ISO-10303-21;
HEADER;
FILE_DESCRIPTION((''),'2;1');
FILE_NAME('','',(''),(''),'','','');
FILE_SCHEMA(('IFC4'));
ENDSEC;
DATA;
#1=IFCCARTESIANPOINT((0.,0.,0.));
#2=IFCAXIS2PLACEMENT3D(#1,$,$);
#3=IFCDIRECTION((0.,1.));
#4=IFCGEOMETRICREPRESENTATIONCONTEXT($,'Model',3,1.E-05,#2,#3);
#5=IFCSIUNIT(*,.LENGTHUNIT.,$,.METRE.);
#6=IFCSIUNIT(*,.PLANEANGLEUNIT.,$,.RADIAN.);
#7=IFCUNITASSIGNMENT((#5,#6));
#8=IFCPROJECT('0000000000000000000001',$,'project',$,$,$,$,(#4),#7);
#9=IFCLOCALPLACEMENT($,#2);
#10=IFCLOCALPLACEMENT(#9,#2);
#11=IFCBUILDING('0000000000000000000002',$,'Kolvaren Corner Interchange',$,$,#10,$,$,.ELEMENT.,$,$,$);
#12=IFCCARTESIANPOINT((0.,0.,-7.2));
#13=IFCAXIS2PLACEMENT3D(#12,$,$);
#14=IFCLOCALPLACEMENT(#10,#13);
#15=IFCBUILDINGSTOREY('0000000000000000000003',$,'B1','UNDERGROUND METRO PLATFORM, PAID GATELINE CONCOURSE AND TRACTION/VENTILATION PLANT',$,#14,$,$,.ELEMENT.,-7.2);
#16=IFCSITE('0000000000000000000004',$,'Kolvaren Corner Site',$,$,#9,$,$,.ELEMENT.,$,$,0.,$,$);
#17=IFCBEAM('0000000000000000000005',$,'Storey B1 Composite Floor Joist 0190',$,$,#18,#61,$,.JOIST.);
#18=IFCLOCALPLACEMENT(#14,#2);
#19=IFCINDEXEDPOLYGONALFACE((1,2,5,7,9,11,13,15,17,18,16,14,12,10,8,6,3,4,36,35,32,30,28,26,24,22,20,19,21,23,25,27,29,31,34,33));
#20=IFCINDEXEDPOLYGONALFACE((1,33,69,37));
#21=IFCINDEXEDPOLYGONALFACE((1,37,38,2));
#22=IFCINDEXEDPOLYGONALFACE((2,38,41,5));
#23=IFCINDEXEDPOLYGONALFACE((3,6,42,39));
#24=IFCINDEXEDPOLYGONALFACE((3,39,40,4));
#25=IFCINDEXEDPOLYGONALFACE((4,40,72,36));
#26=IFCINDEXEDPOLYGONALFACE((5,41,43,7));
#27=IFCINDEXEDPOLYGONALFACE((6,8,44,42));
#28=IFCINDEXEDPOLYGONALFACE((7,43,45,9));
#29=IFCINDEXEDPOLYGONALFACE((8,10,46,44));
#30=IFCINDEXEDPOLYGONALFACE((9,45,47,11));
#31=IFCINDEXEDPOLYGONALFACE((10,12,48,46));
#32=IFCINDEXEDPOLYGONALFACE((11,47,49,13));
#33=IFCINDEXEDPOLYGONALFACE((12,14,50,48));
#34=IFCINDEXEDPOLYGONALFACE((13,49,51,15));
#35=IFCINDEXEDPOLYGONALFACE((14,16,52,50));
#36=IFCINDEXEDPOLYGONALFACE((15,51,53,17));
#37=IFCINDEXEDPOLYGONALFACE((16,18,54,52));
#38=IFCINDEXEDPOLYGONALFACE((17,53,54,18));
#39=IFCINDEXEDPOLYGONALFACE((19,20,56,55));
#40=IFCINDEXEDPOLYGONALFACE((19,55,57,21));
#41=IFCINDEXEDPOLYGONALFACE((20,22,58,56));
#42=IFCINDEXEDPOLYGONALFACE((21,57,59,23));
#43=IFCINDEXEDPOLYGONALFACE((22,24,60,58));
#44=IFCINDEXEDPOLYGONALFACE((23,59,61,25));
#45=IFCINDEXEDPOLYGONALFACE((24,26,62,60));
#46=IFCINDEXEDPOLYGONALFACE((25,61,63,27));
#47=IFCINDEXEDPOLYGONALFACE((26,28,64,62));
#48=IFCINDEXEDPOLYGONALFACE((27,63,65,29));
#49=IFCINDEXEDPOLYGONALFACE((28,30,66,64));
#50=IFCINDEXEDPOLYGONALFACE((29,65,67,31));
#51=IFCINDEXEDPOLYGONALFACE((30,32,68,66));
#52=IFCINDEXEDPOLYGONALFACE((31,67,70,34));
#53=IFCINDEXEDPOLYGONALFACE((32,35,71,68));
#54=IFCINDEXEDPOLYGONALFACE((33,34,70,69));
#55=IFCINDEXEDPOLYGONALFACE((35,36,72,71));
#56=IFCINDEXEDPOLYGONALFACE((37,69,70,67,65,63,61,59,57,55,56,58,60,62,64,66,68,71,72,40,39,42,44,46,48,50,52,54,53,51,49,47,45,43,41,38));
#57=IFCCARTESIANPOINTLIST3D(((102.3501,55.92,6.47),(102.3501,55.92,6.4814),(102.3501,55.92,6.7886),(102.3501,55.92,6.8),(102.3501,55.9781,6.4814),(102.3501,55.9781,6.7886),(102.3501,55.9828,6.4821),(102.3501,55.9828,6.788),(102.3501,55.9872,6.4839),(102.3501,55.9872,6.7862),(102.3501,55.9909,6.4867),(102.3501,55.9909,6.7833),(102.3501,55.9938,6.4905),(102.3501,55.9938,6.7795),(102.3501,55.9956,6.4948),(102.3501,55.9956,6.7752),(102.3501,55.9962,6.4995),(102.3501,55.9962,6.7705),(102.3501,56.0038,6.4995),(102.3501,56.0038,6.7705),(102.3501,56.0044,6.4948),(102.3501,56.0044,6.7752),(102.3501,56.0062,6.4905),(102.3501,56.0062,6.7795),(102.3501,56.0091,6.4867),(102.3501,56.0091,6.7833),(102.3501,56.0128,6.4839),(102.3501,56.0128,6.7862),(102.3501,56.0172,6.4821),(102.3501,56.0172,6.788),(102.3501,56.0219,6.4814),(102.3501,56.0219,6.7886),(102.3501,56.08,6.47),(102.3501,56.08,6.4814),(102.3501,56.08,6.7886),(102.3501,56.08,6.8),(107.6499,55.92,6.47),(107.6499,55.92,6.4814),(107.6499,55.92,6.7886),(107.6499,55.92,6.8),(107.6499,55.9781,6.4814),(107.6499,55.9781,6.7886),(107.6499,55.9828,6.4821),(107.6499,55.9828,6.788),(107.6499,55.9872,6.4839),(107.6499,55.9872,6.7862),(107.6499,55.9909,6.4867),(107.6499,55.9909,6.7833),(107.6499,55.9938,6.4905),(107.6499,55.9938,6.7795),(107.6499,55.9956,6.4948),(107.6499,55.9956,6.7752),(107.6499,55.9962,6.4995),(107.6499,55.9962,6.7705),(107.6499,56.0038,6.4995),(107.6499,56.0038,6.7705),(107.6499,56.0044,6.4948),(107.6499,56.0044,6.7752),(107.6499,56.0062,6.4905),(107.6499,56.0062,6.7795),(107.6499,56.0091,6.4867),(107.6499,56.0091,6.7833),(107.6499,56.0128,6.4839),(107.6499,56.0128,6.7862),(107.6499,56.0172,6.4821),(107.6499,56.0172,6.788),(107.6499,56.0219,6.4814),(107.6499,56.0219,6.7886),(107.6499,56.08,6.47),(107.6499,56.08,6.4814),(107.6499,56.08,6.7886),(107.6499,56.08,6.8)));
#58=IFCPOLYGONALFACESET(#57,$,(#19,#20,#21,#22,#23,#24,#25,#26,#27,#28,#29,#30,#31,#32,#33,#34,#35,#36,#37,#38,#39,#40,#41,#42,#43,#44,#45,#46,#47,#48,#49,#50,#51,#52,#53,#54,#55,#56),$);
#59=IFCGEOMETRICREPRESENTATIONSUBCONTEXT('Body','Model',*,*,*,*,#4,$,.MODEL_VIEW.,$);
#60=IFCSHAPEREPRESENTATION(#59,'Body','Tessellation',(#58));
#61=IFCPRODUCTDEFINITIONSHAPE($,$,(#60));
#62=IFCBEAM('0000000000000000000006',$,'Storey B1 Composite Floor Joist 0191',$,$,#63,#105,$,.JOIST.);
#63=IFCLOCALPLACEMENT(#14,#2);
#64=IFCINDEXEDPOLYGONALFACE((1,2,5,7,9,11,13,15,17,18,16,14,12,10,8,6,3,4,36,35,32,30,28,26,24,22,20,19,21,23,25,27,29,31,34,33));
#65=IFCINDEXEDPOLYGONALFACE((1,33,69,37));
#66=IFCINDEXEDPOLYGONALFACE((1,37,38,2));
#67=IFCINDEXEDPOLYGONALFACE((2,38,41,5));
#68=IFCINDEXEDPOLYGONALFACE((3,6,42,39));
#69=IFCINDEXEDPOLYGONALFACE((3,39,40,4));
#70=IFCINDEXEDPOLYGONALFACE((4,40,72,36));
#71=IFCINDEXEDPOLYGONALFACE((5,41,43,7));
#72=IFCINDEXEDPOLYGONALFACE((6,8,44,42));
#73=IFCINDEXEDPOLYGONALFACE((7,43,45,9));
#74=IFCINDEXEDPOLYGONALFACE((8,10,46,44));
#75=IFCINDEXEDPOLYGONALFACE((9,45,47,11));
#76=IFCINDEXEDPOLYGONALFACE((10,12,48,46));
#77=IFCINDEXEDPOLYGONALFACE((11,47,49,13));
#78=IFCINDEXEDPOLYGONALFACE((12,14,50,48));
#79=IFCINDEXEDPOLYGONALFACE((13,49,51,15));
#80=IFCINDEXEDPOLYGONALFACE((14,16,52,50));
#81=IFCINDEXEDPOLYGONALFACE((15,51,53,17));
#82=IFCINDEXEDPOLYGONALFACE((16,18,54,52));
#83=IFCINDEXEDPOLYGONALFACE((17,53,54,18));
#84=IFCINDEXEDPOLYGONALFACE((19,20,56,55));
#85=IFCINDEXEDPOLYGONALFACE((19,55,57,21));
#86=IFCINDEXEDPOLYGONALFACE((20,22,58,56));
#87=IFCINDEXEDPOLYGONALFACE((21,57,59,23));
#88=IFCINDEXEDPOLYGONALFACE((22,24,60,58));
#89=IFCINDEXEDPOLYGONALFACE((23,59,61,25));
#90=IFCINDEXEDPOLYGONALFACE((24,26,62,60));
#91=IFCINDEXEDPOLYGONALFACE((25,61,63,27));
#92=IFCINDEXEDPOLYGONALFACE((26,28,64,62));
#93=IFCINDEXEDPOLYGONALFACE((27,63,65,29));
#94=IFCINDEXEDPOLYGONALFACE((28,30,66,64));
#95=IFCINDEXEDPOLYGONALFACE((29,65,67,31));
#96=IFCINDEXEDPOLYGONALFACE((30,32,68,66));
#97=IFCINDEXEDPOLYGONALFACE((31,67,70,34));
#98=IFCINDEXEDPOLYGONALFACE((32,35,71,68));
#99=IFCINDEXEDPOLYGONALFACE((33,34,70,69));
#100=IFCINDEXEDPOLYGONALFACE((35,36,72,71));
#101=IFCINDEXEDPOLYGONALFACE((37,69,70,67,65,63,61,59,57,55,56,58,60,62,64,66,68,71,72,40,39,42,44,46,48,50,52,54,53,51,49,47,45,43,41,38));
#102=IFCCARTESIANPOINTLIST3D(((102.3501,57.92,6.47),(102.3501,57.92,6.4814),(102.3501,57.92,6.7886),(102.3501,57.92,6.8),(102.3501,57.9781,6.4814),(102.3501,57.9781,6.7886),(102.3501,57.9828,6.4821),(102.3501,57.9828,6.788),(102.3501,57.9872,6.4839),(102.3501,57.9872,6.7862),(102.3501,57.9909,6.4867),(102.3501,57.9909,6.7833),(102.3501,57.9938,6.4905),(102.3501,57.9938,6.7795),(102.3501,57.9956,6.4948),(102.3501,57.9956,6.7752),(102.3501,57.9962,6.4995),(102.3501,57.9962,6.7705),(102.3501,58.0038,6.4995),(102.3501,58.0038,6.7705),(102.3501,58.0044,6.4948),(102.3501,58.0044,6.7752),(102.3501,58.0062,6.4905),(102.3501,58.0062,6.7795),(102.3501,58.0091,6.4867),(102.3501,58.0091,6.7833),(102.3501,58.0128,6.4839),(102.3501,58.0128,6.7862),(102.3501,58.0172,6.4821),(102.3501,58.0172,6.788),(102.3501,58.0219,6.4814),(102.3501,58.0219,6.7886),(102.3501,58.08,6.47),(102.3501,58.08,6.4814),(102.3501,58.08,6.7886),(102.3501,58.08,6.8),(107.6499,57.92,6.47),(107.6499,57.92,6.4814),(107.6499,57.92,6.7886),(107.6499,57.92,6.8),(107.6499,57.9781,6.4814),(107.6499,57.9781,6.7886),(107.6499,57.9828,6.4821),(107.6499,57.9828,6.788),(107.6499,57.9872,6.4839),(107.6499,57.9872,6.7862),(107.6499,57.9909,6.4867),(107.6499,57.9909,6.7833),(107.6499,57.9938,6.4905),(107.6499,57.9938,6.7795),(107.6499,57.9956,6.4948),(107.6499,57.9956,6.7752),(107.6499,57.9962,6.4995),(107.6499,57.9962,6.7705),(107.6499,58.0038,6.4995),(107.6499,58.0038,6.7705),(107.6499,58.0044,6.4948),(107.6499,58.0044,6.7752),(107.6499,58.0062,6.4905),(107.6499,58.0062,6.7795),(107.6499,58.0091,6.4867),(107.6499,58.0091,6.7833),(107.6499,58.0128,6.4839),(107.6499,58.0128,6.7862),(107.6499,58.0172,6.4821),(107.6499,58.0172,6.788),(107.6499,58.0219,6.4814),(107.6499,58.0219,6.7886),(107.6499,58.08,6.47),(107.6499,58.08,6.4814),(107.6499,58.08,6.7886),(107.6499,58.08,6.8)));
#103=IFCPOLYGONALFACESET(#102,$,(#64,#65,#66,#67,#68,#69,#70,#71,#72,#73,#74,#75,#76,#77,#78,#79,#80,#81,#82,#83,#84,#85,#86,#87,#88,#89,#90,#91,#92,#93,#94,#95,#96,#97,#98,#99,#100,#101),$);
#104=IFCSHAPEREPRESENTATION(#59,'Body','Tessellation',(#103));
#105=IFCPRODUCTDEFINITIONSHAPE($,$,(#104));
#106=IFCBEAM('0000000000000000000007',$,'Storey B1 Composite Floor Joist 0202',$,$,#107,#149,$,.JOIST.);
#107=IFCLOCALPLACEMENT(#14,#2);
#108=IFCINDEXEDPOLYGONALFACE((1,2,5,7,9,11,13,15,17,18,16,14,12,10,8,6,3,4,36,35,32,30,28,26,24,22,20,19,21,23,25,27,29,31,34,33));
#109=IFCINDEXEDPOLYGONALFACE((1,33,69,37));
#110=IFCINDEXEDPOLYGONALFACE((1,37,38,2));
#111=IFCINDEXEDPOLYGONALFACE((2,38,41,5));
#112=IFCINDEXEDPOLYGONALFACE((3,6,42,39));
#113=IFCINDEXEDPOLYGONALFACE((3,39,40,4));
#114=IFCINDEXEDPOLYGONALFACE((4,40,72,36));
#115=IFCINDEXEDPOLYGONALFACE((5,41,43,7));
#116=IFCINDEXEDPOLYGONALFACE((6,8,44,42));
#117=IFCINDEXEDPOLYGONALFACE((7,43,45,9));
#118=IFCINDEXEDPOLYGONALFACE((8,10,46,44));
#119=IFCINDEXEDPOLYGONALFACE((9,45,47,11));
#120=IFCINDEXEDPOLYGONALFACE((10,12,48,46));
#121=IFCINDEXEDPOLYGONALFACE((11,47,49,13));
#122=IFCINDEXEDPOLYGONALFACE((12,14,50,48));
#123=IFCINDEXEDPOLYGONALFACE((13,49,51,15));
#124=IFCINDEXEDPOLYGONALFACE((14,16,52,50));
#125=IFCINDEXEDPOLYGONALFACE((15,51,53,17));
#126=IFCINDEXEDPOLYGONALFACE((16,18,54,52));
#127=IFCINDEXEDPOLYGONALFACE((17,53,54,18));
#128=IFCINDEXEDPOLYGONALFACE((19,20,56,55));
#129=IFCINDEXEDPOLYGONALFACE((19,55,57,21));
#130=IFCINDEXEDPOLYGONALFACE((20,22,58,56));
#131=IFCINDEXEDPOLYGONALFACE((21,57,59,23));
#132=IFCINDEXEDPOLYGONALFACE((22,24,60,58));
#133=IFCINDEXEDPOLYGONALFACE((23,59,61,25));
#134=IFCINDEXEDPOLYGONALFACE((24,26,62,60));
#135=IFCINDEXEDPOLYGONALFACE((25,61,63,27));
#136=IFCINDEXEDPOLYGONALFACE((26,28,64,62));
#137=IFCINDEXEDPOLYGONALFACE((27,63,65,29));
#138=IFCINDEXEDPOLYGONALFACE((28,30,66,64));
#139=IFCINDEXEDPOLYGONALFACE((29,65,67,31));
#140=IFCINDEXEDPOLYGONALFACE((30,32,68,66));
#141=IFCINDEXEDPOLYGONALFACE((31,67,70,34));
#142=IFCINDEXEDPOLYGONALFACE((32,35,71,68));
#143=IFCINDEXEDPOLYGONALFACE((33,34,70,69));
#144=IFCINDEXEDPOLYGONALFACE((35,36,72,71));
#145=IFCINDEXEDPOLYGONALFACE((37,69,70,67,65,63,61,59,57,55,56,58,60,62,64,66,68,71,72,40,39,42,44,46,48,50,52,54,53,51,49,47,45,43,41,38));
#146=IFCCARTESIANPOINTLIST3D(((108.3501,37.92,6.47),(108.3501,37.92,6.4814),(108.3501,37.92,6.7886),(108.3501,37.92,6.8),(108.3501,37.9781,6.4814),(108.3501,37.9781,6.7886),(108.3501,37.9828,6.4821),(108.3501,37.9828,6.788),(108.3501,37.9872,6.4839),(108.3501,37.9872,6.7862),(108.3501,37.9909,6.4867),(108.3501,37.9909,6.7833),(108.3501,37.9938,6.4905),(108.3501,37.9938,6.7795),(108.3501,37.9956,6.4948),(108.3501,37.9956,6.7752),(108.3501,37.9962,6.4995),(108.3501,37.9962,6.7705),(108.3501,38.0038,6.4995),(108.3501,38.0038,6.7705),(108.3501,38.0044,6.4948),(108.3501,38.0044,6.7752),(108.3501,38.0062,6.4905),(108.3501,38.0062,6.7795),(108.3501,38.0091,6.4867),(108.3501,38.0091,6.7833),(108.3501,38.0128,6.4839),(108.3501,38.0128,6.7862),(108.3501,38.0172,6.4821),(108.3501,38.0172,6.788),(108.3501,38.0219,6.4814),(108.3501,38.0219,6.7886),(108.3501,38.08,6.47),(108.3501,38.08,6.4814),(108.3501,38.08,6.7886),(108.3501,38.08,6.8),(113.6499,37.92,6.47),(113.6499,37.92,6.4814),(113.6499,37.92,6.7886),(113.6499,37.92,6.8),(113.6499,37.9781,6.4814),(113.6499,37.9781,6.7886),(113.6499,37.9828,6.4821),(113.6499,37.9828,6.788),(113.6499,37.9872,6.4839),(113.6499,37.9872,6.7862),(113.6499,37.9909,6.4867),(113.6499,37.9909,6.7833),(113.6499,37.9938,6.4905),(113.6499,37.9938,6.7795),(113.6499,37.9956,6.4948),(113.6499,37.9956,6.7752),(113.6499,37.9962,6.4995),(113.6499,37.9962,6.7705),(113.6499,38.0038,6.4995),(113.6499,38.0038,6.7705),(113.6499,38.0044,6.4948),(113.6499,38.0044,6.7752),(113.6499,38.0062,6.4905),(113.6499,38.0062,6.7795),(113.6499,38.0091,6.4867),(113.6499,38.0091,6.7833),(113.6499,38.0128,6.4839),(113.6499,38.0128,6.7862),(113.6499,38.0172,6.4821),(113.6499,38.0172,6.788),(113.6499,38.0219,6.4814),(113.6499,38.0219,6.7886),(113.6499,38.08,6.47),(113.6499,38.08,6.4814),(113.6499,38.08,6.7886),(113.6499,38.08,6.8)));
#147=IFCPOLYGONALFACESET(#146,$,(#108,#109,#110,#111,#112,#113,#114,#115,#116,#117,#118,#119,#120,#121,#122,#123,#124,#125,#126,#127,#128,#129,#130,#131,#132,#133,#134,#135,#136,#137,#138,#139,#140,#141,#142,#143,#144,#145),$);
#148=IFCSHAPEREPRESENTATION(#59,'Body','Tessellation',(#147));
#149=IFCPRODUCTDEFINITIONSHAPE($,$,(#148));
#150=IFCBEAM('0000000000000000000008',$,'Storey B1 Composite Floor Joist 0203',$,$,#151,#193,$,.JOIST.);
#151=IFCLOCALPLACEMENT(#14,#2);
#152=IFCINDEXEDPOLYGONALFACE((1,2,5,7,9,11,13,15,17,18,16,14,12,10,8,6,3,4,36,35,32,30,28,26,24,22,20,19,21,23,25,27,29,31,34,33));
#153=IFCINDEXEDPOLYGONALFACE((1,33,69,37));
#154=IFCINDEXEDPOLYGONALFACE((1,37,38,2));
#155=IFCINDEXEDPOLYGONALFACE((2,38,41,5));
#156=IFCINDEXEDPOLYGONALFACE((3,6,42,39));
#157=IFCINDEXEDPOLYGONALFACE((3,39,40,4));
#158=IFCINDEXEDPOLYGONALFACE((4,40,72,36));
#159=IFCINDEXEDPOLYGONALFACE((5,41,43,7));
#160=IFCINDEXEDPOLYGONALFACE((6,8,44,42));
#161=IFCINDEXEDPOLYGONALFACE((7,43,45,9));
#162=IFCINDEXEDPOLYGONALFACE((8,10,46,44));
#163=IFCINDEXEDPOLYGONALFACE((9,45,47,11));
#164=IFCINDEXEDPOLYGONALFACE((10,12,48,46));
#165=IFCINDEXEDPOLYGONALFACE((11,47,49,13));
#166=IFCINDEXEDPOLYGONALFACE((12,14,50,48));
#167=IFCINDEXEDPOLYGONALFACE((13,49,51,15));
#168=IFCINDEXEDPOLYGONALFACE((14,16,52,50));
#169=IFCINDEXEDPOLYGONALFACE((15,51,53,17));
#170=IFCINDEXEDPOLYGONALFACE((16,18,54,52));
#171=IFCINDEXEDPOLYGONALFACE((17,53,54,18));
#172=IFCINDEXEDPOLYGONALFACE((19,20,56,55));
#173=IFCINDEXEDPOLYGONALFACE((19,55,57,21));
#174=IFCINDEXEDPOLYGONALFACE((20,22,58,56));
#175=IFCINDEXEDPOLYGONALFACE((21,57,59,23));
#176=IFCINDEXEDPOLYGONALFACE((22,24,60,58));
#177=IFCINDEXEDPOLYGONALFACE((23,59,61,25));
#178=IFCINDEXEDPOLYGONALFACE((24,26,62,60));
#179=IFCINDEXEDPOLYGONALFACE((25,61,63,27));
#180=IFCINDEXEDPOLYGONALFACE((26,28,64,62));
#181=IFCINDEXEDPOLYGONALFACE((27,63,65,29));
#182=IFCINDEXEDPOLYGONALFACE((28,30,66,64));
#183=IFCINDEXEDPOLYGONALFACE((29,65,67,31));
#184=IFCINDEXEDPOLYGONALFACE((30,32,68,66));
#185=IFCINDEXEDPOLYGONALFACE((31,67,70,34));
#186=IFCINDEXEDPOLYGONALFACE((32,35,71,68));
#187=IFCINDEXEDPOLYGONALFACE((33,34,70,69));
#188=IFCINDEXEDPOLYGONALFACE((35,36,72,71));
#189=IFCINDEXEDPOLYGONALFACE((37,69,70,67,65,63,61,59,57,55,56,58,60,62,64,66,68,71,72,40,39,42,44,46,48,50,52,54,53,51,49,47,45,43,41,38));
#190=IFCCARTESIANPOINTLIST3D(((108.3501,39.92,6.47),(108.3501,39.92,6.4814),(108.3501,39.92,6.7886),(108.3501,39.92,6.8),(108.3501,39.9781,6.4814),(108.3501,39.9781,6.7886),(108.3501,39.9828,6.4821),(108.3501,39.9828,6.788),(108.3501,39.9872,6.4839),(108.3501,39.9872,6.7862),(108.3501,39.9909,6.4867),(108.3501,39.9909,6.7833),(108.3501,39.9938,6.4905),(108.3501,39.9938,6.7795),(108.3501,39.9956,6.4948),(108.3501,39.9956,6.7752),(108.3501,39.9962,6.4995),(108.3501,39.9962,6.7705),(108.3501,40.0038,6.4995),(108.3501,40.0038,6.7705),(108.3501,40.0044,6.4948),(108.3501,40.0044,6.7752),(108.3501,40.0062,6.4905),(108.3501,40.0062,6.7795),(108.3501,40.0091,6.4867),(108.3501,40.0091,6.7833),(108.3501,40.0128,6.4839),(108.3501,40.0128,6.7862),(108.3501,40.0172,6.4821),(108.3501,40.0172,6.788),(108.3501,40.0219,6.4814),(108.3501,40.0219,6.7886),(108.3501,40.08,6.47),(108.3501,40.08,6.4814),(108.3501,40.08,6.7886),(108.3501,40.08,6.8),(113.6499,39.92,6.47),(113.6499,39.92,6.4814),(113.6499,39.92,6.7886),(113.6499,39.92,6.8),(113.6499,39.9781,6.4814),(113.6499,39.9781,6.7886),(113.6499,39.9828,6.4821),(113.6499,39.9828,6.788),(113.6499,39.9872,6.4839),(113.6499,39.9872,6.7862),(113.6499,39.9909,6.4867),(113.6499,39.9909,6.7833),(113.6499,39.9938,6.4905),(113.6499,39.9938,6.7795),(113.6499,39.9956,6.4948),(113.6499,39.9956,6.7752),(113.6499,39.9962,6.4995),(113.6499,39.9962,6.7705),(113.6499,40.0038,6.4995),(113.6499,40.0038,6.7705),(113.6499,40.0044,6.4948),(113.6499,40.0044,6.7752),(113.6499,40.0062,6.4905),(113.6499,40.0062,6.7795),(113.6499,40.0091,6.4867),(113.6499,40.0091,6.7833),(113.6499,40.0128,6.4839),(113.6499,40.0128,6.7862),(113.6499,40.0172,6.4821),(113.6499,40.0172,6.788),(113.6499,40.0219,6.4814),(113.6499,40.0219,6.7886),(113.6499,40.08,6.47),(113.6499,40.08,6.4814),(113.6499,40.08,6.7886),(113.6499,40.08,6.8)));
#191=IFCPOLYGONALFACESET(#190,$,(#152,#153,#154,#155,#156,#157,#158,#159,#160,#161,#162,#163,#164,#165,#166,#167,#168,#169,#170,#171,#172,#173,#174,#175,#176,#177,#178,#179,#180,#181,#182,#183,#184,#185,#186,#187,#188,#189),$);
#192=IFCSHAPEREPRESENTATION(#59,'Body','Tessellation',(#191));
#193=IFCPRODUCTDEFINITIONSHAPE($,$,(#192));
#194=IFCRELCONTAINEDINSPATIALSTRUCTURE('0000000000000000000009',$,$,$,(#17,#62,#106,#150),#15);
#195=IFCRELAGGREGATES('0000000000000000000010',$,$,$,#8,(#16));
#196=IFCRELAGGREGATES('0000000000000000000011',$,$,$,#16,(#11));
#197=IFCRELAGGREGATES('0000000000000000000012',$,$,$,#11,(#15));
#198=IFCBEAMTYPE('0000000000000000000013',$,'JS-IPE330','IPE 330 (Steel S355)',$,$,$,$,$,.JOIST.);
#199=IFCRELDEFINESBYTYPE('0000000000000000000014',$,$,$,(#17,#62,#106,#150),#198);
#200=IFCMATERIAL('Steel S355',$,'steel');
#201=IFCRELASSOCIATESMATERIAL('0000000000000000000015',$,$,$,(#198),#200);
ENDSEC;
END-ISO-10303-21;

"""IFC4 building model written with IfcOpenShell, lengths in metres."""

from ifc_helpers import new_model, si_unit, direction, frame, origin, origin_2d, place, context, subcontext, project, spatial, i_section, extrude, material, material_profile, profile_set, type_object, element, save


model = new_model("IFC4")

# Units and contexts
model_context = context("Model", 3, precision=1e-05, world=origin(), true_north=direction((0.0, 1.0)))
body_context = subcontext(model_context, "Body", "Model", "MODEL_VIEW")
ifc_project = project(units=[si_unit("LENGTHUNIT", "METRE"), si_unit("PLANEANGLEUNIT", "RADIAN")], contexts=[model_context])

# Site, building, storey
site_placement = place(None, origin())
site = spatial("IfcSite", under=ifc_project, at=site_placement, Name="Kolvaren Corner Site", CompositionType="ELEMENT", RefElevation=0.0)
building_placement = place(site_placement, origin())
building = spatial("IfcBuilding", under=site, at=building_placement, Name="Kolvaren Corner Interchange", CompositionType="ELEMENT")
storey_placement = place(building_placement, frame((0.0, 0.0, -7.2)))
storey = spatial("IfcBuildingStorey", under=building, at=storey_placement, Name="B1", Description="UNDERGROUND METRO PLATFORM, PAID GATELINE CONCOURSE AND TRACTION/VENTILATION PLANT", CompositionType="ELEMENT", Elevation=-7.2)

# Beams
ifc_material_1 = material(Name="Steel S355", Category="steel")
ifc_material_profile_1 = material_profile(ifc_material_1, i_section(OverallWidth=0.1599, OverallDepth=0.3301, WebThickness=0.0076, FlangeThickness=0.0115, FilletRadius=0.0181, at=origin_2d()), Name="IPE 330")
ifc_profile_set_1 = profile_set([ifc_material_profile_1], Name="Steel S355")
beam_type_1 = type_object("IfcBeamType", Name="JS-IPE330", Description="IPE 330 (Steel S355)", PredefinedType="JOIST", material=ifc_profile_set_1)
for number, where, z_axis, x_axis, name in (
    (1, (102.3501, 56.0, 6.635), (1.0, 0.0, 0.0), (0.0, 1.0, 0.0), "Storey B1 Composite Floor Joist 0190"),
    (2, (102.3501, 58.0, 6.635), (1.0, 0.0, 0.0), (0.0, 1.0, 0.0), "Storey B1 Composite Floor Joist 0191"),
    (3, (108.3501, 38.0, 6.635), (1.0, 0.0, 0.0), (0.0, 1.0, 0.0), "Storey B1 Composite Floor Joist 0202"),
    (4, (108.3501, 40.0, 6.635), (1.0, 0.0, 0.0), (0.0, 1.0, 0.0), "Storey B1 Composite Floor Joist 0203"),
):
    element("IfcBeam", number, at=place(storey_placement, frame(where, z_axis=z_axis, x_axis=x_axis)), inside=storey, type_object=beam_type_1, Name=name, PredefinedType="JOIST", context=body_context, shape_type="SweptSolid", body=[
        extrude(i_section(OverallWidth=0.1599, OverallDepth=0.3301, WebThickness=0.0076, FlangeThickness=0.0115, FilletRadius=0.0181, at=origin_2d()), origin(), (0.0, 0.0, 1.0), 5.2998),
    ])

save(model, "model.ifc")
